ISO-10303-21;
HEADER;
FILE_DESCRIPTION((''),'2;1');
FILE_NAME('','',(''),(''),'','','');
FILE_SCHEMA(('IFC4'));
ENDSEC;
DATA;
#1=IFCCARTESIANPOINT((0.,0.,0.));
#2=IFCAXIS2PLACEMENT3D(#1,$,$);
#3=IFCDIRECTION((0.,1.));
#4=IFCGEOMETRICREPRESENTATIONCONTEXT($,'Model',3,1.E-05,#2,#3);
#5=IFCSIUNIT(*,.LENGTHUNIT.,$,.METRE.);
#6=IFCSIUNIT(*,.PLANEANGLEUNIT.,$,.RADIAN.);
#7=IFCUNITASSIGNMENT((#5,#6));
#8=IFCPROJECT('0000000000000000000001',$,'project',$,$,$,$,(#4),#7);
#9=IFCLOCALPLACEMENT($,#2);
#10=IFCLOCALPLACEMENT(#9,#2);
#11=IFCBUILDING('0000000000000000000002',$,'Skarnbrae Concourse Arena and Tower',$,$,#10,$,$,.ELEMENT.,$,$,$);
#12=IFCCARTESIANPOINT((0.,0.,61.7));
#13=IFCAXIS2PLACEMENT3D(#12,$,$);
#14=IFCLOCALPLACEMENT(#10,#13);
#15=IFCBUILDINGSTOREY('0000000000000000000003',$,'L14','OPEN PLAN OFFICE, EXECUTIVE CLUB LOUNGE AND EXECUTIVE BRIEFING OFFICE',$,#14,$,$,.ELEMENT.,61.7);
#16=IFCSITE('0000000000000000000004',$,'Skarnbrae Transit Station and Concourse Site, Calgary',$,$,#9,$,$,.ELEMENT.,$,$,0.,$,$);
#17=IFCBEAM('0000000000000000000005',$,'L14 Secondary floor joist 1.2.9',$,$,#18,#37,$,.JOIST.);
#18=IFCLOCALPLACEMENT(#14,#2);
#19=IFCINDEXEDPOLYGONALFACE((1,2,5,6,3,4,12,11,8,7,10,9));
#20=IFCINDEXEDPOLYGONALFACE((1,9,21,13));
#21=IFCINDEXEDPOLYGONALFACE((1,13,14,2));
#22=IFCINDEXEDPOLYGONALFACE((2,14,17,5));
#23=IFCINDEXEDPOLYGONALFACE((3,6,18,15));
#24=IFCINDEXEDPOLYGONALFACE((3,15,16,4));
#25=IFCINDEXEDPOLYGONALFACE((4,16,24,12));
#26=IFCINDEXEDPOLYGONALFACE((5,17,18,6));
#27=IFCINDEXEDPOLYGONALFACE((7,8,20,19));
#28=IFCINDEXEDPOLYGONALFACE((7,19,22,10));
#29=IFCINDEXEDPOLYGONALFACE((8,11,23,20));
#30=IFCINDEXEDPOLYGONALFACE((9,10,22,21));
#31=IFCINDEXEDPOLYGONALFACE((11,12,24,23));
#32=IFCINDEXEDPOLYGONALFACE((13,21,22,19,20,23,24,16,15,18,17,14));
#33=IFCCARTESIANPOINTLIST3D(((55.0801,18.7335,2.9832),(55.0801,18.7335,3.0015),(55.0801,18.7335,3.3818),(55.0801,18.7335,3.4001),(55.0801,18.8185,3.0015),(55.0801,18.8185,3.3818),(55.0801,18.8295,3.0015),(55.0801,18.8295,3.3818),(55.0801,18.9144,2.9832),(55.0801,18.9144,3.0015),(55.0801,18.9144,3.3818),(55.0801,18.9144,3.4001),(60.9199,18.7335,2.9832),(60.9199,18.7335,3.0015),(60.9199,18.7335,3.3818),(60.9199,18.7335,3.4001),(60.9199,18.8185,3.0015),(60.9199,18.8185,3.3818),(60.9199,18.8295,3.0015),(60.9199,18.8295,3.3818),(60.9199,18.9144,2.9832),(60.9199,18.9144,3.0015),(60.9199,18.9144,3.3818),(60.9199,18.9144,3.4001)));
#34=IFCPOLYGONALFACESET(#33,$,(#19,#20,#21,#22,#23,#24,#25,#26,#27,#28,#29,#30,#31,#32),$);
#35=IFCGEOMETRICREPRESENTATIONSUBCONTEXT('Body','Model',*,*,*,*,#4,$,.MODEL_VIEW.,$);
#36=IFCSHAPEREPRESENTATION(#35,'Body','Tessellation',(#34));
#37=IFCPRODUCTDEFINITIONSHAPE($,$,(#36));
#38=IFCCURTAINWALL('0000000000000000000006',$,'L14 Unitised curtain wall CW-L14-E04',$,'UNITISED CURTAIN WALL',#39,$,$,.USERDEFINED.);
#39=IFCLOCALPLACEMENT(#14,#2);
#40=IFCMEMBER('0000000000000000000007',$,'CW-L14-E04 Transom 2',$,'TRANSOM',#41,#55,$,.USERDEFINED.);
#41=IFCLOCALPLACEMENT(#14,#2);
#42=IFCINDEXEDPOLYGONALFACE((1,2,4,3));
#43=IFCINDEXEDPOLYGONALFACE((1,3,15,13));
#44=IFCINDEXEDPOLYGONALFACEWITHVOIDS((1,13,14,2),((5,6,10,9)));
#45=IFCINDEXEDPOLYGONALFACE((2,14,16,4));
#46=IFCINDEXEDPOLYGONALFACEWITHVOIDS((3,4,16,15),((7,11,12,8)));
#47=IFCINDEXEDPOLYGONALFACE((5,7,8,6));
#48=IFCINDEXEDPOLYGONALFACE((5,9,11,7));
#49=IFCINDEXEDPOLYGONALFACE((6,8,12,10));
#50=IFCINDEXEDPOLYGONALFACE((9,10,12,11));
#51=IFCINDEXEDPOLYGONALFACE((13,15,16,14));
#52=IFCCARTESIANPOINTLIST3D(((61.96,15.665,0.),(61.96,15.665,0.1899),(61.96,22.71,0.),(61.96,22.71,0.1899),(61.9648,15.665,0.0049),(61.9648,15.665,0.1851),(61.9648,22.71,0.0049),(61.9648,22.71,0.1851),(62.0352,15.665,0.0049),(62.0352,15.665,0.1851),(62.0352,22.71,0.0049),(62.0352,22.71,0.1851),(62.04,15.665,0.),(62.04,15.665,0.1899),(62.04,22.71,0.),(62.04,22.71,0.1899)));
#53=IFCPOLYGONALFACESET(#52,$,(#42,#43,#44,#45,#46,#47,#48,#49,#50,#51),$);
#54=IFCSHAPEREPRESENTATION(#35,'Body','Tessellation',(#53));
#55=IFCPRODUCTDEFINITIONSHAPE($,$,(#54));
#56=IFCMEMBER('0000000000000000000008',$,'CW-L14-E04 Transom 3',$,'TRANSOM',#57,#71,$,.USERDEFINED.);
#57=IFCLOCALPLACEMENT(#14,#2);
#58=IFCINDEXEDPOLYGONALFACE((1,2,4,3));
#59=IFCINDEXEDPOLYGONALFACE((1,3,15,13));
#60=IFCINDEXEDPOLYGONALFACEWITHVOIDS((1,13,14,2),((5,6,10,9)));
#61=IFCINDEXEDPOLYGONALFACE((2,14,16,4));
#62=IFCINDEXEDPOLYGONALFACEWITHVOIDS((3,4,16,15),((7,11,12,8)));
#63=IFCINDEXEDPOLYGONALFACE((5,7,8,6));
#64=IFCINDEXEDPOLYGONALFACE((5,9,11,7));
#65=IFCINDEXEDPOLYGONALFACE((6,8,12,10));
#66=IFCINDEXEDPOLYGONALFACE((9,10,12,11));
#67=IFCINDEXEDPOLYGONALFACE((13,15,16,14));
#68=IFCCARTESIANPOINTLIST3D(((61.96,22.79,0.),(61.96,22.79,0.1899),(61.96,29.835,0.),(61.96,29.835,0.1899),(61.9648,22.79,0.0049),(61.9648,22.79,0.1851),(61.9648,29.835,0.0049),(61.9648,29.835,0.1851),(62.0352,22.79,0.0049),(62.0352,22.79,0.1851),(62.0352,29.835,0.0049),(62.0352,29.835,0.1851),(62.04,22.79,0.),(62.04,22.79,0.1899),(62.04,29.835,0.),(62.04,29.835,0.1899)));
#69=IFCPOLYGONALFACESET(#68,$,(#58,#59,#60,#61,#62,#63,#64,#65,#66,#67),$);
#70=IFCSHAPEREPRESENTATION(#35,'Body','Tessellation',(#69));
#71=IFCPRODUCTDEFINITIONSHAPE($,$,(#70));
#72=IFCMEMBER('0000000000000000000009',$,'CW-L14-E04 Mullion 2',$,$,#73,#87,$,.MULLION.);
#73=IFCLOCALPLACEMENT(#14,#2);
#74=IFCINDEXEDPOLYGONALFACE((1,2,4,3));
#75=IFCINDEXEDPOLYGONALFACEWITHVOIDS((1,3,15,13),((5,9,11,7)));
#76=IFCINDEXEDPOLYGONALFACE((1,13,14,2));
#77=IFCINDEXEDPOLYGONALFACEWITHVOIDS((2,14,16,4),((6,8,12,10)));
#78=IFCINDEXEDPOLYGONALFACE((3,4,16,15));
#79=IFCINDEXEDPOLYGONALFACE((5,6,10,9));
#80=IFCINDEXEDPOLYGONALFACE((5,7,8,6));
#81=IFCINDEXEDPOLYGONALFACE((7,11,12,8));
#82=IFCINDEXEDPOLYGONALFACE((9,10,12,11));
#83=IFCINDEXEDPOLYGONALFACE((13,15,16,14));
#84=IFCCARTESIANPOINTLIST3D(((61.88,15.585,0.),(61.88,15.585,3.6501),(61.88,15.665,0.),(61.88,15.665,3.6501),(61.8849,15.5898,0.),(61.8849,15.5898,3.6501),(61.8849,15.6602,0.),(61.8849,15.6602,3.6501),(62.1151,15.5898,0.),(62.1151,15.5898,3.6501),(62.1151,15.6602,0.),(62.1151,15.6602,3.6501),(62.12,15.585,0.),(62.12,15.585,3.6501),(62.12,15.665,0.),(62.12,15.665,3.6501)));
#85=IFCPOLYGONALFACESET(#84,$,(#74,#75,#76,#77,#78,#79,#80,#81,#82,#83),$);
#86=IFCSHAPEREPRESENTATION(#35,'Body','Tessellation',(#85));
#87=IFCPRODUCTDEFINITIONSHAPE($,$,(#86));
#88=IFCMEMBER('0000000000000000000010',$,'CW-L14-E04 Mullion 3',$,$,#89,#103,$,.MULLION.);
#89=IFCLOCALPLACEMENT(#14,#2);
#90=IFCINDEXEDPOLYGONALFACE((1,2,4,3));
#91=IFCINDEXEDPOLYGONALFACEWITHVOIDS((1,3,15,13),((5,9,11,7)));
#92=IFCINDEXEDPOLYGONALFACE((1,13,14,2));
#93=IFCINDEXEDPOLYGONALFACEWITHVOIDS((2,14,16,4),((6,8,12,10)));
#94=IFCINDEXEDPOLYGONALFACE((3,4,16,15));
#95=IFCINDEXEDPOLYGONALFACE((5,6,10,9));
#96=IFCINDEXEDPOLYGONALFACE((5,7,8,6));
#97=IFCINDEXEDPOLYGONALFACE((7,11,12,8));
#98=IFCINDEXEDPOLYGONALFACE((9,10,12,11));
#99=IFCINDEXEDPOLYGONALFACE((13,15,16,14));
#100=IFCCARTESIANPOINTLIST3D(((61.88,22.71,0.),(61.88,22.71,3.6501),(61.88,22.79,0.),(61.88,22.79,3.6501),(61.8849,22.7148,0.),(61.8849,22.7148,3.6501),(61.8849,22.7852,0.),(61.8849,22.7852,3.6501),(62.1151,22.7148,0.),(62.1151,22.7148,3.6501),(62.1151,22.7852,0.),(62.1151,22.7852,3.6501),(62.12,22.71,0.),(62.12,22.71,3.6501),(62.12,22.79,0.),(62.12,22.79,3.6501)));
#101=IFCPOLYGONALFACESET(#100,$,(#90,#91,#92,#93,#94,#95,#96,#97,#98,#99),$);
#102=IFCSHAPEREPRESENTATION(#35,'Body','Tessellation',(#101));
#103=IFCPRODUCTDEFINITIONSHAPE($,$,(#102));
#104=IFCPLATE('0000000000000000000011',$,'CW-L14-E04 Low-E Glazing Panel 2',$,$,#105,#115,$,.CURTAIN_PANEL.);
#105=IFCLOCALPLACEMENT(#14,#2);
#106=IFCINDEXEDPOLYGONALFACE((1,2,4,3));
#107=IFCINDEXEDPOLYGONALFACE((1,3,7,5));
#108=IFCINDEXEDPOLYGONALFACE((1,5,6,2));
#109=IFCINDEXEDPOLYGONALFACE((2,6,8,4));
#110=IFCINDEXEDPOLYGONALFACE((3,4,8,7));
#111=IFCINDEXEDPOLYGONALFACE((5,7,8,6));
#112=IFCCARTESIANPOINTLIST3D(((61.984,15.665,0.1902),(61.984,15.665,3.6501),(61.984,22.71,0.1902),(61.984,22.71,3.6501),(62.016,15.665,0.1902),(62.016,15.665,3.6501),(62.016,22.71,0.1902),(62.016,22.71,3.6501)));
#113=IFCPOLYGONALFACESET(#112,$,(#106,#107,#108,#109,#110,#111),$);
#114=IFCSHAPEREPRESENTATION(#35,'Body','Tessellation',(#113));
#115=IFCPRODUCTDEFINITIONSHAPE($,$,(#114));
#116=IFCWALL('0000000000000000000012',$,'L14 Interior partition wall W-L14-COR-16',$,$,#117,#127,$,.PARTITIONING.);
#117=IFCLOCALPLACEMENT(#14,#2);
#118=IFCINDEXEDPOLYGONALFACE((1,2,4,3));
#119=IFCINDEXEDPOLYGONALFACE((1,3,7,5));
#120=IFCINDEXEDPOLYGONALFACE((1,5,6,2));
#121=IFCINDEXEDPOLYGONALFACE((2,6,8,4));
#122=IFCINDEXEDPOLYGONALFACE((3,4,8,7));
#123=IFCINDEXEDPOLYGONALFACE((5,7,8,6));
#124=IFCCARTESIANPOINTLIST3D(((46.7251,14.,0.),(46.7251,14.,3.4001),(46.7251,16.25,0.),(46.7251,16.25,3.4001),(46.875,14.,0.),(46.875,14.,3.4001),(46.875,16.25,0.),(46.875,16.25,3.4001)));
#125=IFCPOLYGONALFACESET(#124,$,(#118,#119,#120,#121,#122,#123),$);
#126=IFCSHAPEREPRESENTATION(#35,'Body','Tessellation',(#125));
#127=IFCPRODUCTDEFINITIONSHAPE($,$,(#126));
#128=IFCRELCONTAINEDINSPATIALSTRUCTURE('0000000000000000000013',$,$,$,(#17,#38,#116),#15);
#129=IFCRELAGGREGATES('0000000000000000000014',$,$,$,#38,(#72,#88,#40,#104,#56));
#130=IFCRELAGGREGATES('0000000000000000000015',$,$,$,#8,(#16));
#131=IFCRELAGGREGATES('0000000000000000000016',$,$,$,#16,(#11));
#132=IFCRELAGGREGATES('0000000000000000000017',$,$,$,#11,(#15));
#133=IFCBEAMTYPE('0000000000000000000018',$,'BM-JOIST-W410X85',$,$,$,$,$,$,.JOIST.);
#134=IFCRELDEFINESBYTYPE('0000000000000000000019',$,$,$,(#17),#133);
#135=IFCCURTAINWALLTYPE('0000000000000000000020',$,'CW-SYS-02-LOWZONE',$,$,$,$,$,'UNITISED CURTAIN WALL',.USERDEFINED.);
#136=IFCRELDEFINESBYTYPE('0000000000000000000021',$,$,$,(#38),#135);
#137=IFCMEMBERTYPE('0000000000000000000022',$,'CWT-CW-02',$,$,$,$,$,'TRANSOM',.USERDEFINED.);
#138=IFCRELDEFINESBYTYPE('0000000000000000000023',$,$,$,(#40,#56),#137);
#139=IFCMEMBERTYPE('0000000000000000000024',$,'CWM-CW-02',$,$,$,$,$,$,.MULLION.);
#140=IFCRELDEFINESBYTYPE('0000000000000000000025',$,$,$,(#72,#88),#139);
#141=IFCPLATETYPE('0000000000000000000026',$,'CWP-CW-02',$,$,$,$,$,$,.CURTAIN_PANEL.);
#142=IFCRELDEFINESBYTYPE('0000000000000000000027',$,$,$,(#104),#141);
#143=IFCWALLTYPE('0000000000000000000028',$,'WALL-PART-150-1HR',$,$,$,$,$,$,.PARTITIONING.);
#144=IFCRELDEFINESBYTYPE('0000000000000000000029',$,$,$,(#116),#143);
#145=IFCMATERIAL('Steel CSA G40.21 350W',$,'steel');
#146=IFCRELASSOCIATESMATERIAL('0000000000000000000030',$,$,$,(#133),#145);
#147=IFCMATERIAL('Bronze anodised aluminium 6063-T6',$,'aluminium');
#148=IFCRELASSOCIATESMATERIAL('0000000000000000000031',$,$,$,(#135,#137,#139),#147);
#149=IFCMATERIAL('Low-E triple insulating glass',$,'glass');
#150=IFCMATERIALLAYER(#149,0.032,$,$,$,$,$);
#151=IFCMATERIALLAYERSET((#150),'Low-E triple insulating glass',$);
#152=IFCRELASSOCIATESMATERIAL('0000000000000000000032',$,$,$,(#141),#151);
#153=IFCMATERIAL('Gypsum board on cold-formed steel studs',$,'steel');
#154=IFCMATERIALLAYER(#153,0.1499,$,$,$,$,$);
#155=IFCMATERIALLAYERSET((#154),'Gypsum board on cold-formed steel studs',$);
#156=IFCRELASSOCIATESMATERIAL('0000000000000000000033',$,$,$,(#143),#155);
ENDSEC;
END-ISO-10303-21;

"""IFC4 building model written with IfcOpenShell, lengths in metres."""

from ifc_helpers import new_model, si_unit, direction, frame, frame_2d, origin, origin_2d, place, context, subcontext, project, spatial, rectangle, hollow_rectangle, i_section, extrude, source, transform, mapped, material, layer, layer_set, material_profile, profile_set, type_object, element, aggregate, save


model = new_model("IFC4")

# Units and contexts
model_context = context("Model", 3, precision=1e-05, world=origin(), true_north=direction((0.0, 1.0)))
body_context = subcontext(model_context, "Body", "Model", "MODEL_VIEW")
ifc_project = project(units=[si_unit("LENGTHUNIT", "METRE"), si_unit("PLANEANGLEUNIT", "RADIAN")], contexts=[model_context])

# Site, building, storey
site_placement = place(None, origin())
site = spatial("IfcSite", under=ifc_project, at=site_placement, Name="Skarnbrae Transit Station and Concourse Site, Calgary", CompositionType="ELEMENT", RefElevation=0.0)
building_placement = place(site_placement, origin())
building = spatial("IfcBuilding", under=site, at=building_placement, Name="Skarnbrae Concourse Arena and Tower", CompositionType="ELEMENT")
storey_placement = place(building_placement, frame((0.0, 0.0, 61.7)))
storey = spatial("IfcBuildingStorey", under=building, at=storey_placement, Name="L14", Description="OPEN PLAN OFFICE, EXECUTIVE CLUB LOUNGE AND EXECUTIVE BRIEFING OFFICE", CompositionType="ELEMENT", Elevation=61.7)

# Shared definitions
ifc_material_1 = material(Name="Steel CSA G40.21 350W", Category="steel")

# Beam
ifc_material_profile_1 = material_profile(ifc_material_1, i_section(OverallWidth=0.1809, OverallDepth=0.417, WebThickness=0.011, FlangeThickness=0.0183, at=origin_2d()), Name="W410X85")
ifc_profile_set_1 = profile_set([ifc_material_profile_1], Name="Steel CSA G40.21 350W")
beam_type_1 = type_object("IfcBeamType", Name="BM-JOIST-W410X85", PredefinedType="JOIST", material=ifc_profile_set_1)
shared_shape_1 = source(origin(), body_context, "Body", "SweptSolid", [
    extrude(i_section(OverallWidth=0.1809, OverallDepth=0.417, WebThickness=0.011, FlangeThickness=0.0183, at=origin_2d()), origin(), (0.0, 0.0, 1.0), 5.8398),
])
for number, where, z_axis, x_axis, name in (
    (1, (55.0801, 18.824, 3.1917), (1.0, 0.0, 0.0), (0.0, 1.0, 0.0), "L14 Secondary floor joist 1.2.9"),
):
    element("IfcBeam", number, at=place(storey_placement, frame(where, z_axis=z_axis, x_axis=x_axis)), inside=storey, type_object=beam_type_1, Name=name, PredefinedType="JOIST", context=body_context, shape_type="MappedRepresentation", body=[
        mapped(shared_shape_1, transform((0.0, 0.0, 0.0))),
    ])

# Curtain wall, members, plate
ifc_material_2 = material(Name="Bronze anodised aluminium 6063-T6", Category="aluminium")
curtain_wall_type = type_object("IfcCurtainWallType", Name="CW-SYS-02-LOWZONE", ElementType="UNITISED CURTAIN WALL", PredefinedType="USERDEFINED", material=ifc_material_2)
curtain_wall_placement = place(storey_placement, origin())
curtain_wall = element("IfcCurtainWall", 2, at=curtain_wall_placement, inside=storey, type_object=curtain_wall_type, Name="L14 Unitised curtain wall CW-L14-E04", ObjectType="UNITISED CURTAIN WALL", PredefinedType="USERDEFINED")
ifc_material_profile_2 = material_profile(ifc_material_2, hollow_rectangle(XDim=0.0801, YDim=0.1899, WallThickness=0.0049, at=origin_2d()), Name="ALU-TRAN-80X190")
ifc_profile_set_2 = profile_set([ifc_material_profile_2], Name="Bronze anodised aluminium 6063-T6")
member_type_1 = type_object("IfcMemberType", Name="CWT-CW-02", ElementType="TRANSOM", PredefinedType="USERDEFINED", material=ifc_profile_set_2)
shared_shape_2 = source(origin(), body_context, "Body", "SweptSolid", [
    extrude(hollow_rectangle(XDim=0.0801, YDim=0.1899, WallThickness=0.0049, at=origin_2d()), origin(), (0.0, 0.0, 1.0), 7.0449),
])
member_1_placement = place(storey_placement, frame((62.0, 15.665, 0.095), z_axis=(0.0, 1.0, 0.0), x_axis=(-1.0, 0.0, 0.0)))
member_1 = element("IfcMember", 3, at=member_1_placement, type_object=member_type_1, Name="CW-L14-E04 Transom 2", ObjectType="TRANSOM", PredefinedType="USERDEFINED", context=body_context, shape_type="MappedRepresentation", body=[
    mapped(shared_shape_2, transform((0.0, 0.0, 0.0))),
])
member_2_placement = place(storey_placement, frame((62.0, 22.79, 0.095), z_axis=(0.0, 1.0, 0.0), x_axis=(-1.0, 0.0, 0.0)))
member_2 = element("IfcMember", 4, at=member_2_placement, type_object=member_type_1, Name="CW-L14-E04 Transom 3", ObjectType="TRANSOM", PredefinedType="USERDEFINED", context=body_context, shape_type="MappedRepresentation", body=[
    mapped(shared_shape_2, transform((0.0, 0.0, 0.0))),
])
ifc_material_profile_3 = material_profile(ifc_material_2, hollow_rectangle(XDim=0.0801, YDim=0.24, WallThickness=0.0049, at=origin_2d()), Name="ALU-MULL-80X240")
ifc_profile_set_3 = profile_set([ifc_material_profile_3], Name="Bronze anodised aluminium 6063-T6")
member_type_2 = type_object("IfcMemberType", Name="CWM-CW-02", PredefinedType="MULLION", material=ifc_profile_set_3)
shared_shape_3 = source(origin(), body_context, "Body", "SweptSolid", [
    extrude(hollow_rectangle(XDim=0.0801, YDim=0.24, WallThickness=0.0049, at=origin_2d()), origin(), (0.0, 0.0, 1.0), 3.6501),
])
member_3_placement = place(storey_placement, frame((62.0, 15.625, 0.0), z_axis=(0.0, 0.0, 1.0), x_axis=(0.0, 1.0, 0.0)))
member_3 = element("IfcMember", 5, at=member_3_placement, type_object=member_type_2, Name="CW-L14-E04 Mullion 2", PredefinedType="MULLION", context=body_context, shape_type="MappedRepresentation", body=[
    mapped(shared_shape_3, transform((0.0, 0.0, 0.0))),
])
member_4_placement = place(storey_placement, frame((62.0, 22.75, 0.0), z_axis=(0.0, 0.0, 1.0), x_axis=(0.0, 1.0, 0.0)))
member_4 = element("IfcMember", 6, at=member_4_placement, type_object=member_type_2, Name="CW-L14-E04 Mullion 3", PredefinedType="MULLION", context=body_context, shape_type="MappedRepresentation", body=[
    mapped(shared_shape_3, transform((0.0, 0.0, 0.0))),
])
ifc_material_3 = material(Name="Low-E triple insulating glass", Category="glass")
ifc_layer_1 = layer(ifc_material_3, 0.032)
ifc_layer_set_1 = layer_set([ifc_layer_1], Name="Low-E triple insulating glass")
plate_type = type_object("IfcPlateType", Name="CWP-CW-02", PredefinedType="CURTAIN_PANEL", material=ifc_layer_set_1)
shared_shape_4 = source(origin(), body_context, "Body", "SweptSolid", [
    extrude(rectangle(XDim=7.0449, YDim=0.032, at=origin_2d()), origin(), (0.0, 0.0, 1.0), 3.46),
])
plate_placement = place(storey_placement, frame((62.0, 19.1875, 0.1902), z_axis=(0.0, 0.0, 1.0), x_axis=(0.0, 1.0, 0.0)))
plate = element("IfcPlate", 7, at=plate_placement, type_object=plate_type, Name="CW-L14-E04 Low-E Glazing Panel 2", PredefinedType="CURTAIN_PANEL", context=body_context, shape_type="MappedRepresentation", body=[
    mapped(shared_shape_4, transform((0.0, 0.0, 0.0))),
])
aggregate(curtain_wall, [member_3, member_4, member_1, plate, member_2])

# Wall
ifc_material_4 = material(Name="Gypsum board on cold-formed steel studs", Category="steel")
ifc_layer_2 = layer(ifc_material_4, 0.1499)
ifc_layer_set_2 = layer_set([ifc_layer_2], Name="Gypsum board on cold-formed steel studs")
wall_type = type_object("IfcWallType", Name="WALL-PART-150-1HR", PredefinedType="PARTITIONING", material=ifc_layer_set_2)
shared_shape_5 = source(origin(), body_context, "Body", "SweptSolid", [
    extrude(rectangle(XDim=2.25, YDim=0.1499, at=frame_2d((1.125, 0.0))), origin(), (0.0, 0.0, 1.0), 3.4001),
])
wall_placement = place(storey_placement, frame((46.8, 16.25, 0.0), z_axis=(0.0, 0.0, 1.0), x_axis=(0.0, -1.0, 0.0)))
element("IfcWall", 8, at=wall_placement, inside=storey, type_object=wall_type, Name="L14 Interior partition wall W-L14-COR-16", PredefinedType="PARTITIONING", context=body_context, shape_type="MappedRepresentation", body=[
    mapped(shared_shape_5, transform((0.0, 0.0, 0.0))),
])

save(model, "model.ifc")
